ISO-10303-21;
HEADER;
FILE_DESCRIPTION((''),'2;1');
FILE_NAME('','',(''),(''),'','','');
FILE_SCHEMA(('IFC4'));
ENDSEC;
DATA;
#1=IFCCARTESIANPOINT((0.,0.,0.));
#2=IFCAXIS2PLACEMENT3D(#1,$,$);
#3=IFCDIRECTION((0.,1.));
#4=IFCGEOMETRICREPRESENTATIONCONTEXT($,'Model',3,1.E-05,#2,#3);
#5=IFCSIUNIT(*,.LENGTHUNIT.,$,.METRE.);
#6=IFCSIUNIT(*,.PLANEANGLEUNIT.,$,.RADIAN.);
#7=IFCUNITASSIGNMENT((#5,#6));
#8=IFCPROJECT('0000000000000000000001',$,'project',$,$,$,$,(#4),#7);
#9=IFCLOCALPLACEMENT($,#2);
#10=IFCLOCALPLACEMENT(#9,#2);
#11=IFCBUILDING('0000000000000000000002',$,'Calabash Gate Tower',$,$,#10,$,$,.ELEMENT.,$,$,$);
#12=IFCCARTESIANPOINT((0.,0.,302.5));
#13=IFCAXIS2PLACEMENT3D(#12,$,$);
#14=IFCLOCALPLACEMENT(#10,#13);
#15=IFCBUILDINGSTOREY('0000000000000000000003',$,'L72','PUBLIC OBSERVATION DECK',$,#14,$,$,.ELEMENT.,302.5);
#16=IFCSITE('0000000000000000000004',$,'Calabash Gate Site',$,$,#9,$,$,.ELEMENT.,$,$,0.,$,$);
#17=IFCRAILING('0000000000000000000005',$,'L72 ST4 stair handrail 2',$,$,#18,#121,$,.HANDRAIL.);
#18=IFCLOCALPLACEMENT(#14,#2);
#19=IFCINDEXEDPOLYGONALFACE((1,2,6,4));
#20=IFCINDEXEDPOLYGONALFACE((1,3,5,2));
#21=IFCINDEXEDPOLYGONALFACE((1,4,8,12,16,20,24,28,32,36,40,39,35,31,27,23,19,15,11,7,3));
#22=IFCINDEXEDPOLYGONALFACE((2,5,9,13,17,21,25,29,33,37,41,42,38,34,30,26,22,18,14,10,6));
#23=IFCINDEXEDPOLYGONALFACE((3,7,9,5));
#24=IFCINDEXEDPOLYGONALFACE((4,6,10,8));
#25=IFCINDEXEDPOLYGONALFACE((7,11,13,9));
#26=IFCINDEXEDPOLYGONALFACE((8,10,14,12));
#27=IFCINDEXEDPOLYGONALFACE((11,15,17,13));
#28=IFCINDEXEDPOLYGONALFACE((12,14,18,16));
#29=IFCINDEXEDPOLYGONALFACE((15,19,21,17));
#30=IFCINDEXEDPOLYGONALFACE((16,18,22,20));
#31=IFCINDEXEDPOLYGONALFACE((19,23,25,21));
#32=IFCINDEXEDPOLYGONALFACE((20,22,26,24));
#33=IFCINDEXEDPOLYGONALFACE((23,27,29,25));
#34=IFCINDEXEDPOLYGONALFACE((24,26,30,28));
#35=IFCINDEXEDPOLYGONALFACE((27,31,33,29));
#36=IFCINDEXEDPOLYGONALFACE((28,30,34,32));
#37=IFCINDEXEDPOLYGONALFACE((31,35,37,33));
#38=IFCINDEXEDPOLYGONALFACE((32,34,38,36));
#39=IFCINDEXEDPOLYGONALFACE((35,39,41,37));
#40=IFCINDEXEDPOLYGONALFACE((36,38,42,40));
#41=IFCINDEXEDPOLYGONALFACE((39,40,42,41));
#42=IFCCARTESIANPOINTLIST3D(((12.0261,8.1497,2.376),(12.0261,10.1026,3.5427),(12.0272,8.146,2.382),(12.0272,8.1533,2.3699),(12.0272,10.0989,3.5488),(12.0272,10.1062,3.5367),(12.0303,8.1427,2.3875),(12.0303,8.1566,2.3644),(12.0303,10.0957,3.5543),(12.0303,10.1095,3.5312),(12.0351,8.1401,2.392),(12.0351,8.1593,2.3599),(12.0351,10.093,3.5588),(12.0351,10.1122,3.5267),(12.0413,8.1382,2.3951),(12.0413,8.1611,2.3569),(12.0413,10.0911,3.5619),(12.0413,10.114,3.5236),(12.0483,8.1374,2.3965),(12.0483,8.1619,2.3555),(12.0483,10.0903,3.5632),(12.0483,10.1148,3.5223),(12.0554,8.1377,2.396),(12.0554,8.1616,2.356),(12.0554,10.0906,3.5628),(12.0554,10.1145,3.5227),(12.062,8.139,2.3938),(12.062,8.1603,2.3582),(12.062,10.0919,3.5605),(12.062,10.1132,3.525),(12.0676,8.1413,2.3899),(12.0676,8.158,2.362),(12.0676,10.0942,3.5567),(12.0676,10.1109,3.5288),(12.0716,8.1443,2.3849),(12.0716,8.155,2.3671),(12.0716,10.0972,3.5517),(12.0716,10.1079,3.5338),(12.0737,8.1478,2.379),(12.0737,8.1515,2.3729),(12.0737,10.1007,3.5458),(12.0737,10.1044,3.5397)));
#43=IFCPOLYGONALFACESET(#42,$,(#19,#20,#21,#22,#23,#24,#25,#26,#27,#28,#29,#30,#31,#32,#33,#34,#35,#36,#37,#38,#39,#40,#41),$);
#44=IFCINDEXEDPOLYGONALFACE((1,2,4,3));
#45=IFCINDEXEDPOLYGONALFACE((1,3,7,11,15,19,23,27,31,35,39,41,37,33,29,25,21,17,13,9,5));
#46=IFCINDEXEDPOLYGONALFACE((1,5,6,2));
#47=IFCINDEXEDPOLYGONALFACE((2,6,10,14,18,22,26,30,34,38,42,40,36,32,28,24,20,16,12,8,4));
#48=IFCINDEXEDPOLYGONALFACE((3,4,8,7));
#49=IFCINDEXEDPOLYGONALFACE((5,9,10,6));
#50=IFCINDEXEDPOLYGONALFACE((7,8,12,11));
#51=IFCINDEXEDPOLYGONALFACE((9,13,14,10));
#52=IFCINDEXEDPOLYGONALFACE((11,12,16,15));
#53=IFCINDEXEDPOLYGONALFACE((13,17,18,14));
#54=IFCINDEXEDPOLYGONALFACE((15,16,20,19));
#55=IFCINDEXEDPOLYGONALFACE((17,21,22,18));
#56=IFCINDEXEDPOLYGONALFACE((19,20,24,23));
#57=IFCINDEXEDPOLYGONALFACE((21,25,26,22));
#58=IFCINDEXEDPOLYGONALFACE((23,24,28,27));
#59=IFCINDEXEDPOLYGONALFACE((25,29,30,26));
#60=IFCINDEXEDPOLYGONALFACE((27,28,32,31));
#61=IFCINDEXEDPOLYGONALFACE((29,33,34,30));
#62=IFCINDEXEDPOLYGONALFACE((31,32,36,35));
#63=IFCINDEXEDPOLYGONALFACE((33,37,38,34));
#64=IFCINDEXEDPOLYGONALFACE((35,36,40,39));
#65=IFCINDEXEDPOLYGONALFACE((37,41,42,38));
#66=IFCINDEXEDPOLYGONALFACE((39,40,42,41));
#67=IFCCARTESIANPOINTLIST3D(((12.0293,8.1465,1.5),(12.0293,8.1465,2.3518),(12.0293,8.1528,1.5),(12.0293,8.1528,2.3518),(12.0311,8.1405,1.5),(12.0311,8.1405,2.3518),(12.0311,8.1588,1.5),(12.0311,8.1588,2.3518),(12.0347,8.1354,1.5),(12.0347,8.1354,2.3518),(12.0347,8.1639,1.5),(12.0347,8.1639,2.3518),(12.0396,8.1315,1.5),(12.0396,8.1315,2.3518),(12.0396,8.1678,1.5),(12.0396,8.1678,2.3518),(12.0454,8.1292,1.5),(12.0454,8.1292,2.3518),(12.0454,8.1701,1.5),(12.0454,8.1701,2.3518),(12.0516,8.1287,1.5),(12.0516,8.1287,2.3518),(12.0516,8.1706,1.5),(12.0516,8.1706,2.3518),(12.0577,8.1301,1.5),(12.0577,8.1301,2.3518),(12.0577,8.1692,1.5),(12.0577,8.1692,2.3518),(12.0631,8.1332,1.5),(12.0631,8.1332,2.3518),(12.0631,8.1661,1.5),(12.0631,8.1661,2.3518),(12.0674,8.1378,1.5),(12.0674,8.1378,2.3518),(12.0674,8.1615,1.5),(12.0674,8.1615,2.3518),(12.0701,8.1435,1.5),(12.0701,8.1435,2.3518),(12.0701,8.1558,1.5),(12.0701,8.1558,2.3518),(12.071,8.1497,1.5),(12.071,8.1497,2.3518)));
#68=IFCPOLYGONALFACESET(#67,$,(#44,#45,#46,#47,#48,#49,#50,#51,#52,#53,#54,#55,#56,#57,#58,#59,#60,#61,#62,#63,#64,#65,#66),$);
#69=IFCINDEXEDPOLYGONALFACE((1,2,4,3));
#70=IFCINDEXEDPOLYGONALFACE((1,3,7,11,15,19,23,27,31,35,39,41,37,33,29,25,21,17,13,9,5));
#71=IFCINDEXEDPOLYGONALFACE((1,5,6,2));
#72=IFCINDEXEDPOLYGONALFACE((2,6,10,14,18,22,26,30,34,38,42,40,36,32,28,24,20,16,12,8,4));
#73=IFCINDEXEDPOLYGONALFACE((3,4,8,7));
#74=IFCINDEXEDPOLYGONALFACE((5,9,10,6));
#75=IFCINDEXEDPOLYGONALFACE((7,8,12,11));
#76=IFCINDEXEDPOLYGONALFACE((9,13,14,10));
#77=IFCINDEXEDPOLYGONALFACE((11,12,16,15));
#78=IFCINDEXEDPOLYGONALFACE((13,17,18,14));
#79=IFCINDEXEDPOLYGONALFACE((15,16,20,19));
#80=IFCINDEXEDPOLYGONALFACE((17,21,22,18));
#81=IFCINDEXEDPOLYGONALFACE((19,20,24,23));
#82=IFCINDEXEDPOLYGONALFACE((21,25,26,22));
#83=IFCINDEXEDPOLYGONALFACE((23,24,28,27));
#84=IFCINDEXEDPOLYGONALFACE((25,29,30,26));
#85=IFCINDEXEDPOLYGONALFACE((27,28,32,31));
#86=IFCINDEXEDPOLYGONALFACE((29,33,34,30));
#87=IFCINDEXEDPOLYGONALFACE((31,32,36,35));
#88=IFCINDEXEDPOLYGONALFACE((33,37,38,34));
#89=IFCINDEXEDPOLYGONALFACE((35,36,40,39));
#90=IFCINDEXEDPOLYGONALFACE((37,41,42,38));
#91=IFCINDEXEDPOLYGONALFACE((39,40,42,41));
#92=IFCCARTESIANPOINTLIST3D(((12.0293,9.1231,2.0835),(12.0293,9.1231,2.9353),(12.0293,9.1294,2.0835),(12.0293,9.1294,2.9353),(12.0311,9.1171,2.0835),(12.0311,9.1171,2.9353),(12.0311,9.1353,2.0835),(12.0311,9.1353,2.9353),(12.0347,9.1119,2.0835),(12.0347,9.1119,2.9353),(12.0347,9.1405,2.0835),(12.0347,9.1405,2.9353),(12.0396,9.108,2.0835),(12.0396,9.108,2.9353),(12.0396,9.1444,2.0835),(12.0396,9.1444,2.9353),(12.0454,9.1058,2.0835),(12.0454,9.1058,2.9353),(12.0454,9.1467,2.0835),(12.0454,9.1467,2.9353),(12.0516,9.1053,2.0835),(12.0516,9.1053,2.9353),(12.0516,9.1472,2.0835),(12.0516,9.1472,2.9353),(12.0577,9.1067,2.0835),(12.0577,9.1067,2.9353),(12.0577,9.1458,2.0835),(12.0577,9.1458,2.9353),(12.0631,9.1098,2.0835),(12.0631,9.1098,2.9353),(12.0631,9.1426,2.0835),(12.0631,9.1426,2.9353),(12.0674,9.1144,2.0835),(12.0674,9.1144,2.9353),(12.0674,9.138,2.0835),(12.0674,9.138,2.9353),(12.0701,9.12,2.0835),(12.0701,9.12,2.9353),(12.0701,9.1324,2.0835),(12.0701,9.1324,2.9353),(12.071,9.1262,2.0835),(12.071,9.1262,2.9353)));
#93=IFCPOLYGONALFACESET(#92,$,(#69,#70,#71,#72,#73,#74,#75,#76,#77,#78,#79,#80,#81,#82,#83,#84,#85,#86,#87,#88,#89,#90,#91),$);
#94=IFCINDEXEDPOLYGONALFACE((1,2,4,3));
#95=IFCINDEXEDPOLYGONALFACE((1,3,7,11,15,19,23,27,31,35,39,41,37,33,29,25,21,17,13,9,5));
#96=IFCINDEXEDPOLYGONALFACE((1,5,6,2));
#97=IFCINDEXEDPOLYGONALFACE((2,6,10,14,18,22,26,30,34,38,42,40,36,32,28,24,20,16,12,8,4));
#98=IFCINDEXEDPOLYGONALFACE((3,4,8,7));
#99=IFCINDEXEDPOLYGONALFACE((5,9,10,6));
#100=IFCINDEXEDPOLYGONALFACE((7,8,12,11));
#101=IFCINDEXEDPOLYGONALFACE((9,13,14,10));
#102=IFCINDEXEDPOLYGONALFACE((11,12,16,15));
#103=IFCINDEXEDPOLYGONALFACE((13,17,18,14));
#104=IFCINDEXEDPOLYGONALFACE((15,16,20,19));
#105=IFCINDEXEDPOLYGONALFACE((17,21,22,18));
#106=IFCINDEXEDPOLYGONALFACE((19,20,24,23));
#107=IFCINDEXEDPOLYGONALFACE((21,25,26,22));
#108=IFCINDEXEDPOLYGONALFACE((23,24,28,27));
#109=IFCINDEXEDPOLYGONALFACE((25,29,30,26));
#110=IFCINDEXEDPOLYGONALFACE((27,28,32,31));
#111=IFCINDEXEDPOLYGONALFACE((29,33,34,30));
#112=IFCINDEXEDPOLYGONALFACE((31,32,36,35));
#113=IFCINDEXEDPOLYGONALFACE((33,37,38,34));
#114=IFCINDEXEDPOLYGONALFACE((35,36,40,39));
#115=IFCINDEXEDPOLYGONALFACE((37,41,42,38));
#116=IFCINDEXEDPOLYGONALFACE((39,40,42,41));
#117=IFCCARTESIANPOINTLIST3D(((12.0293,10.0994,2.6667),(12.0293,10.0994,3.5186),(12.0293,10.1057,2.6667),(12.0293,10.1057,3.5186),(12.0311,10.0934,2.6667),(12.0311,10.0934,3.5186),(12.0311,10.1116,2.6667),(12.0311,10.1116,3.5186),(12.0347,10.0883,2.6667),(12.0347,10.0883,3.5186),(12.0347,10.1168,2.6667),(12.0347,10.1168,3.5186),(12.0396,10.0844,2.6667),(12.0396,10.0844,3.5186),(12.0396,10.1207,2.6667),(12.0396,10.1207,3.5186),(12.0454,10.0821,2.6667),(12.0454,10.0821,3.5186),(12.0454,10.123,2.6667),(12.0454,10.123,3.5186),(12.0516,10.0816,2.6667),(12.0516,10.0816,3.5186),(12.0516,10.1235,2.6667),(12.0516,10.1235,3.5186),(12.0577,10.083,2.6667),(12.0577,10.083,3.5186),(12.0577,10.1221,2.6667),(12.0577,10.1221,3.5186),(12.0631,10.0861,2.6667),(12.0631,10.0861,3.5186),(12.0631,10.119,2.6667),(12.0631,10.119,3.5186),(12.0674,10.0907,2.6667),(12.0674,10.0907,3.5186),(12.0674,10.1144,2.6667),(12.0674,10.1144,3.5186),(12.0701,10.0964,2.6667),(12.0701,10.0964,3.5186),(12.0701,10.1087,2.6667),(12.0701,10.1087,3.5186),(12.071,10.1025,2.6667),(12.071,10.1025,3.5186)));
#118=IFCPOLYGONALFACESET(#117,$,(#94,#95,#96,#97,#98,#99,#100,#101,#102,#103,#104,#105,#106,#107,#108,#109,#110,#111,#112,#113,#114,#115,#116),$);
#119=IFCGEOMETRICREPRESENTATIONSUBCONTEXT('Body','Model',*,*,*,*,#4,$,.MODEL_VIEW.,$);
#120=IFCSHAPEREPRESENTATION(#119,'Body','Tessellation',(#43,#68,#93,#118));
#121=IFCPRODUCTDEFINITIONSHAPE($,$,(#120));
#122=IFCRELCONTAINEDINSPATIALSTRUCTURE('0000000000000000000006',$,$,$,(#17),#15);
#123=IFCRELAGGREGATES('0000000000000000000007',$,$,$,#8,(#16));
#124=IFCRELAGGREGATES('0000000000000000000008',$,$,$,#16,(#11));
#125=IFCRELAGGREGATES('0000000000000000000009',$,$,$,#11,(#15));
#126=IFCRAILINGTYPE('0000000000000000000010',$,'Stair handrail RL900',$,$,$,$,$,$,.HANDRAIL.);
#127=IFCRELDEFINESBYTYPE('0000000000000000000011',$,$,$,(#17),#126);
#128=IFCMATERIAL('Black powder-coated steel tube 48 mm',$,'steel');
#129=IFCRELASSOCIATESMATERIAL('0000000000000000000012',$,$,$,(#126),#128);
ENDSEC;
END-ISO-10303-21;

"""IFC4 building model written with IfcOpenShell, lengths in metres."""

from ifc_helpers import new_model, si_unit, direction, frame, origin, origin_2d, place, context, subcontext, project, spatial, circle, extrude, material, type_object, element, save


model = new_model("IFC4")

# Units and contexts
model_context = context("Model", 3, precision=1e-05, world=origin(), true_north=direction((0.0, 1.0)))
body_context = subcontext(model_context, "Body", "Model", "MODEL_VIEW")
ifc_project = project(units=[si_unit("LENGTHUNIT", "METRE"), si_unit("PLANEANGLEUNIT", "RADIAN")], contexts=[model_context])

# Site, building, storey
site_placement = place(None, origin())
site = spatial("IfcSite", under=ifc_project, at=site_placement, Name="Calabash Gate Site", CompositionType="ELEMENT", RefElevation=0.0)
building_placement = place(site_placement, origin())
building = spatial("IfcBuilding", under=site, at=building_placement, Name="Calabash Gate Tower", CompositionType="ELEMENT")
storey_placement = place(building_placement, frame((0.0, 0.0, 302.5)))
storey = spatial("IfcBuildingStorey", under=building, at=storey_placement, Name="L72", Description="PUBLIC OBSERVATION DECK", CompositionType="ELEMENT", Elevation=302.5)

# Railing
ifc_material_1 = material(Name="Black powder-coated steel tube 48 mm", Category="steel")
railing_type_1 = type_object("IfcRailingType", Name="Stair handrail RL900", PredefinedType="HANDRAIL", material=ifc_material_1)
railing_1_placement = place(storey_placement, frame((12.05, 8.1497, 1.5)))
element("IfcRailing", 1, at=railing_1_placement, inside=storey, type_object=railing_type_1, Name="L72 ST4 stair handrail 2", PredefinedType="HANDRAIL", context=body_context, shape_type="SweptSolid", body=[
    extrude(circle(Radius=0.0239, at=origin_2d()), frame((0.0, 0.0, 0.876), z_axis=(0.0, 0.858457, 0.512885), x_axis=(-1.0, 0.0, 0.0)), (0.0, 0.0, 1.0), 2.2749),
    extrude(circle(Radius=0.021, at=origin_2d()), origin(), (0.0, 0.0, 1.0), 0.8518),
    extrude(circle(Radius=0.021, at=origin_2d()), frame((0.0, 0.9766, 0.5835)), (0.0, 0.0, 1.0), 0.8518),
    extrude(circle(Radius=0.021, at=origin_2d()), frame((0.0, 1.9529, 1.1667)), (0.0, 0.0, 1.0), 0.8518),
])

save(model, "model.ifc")
